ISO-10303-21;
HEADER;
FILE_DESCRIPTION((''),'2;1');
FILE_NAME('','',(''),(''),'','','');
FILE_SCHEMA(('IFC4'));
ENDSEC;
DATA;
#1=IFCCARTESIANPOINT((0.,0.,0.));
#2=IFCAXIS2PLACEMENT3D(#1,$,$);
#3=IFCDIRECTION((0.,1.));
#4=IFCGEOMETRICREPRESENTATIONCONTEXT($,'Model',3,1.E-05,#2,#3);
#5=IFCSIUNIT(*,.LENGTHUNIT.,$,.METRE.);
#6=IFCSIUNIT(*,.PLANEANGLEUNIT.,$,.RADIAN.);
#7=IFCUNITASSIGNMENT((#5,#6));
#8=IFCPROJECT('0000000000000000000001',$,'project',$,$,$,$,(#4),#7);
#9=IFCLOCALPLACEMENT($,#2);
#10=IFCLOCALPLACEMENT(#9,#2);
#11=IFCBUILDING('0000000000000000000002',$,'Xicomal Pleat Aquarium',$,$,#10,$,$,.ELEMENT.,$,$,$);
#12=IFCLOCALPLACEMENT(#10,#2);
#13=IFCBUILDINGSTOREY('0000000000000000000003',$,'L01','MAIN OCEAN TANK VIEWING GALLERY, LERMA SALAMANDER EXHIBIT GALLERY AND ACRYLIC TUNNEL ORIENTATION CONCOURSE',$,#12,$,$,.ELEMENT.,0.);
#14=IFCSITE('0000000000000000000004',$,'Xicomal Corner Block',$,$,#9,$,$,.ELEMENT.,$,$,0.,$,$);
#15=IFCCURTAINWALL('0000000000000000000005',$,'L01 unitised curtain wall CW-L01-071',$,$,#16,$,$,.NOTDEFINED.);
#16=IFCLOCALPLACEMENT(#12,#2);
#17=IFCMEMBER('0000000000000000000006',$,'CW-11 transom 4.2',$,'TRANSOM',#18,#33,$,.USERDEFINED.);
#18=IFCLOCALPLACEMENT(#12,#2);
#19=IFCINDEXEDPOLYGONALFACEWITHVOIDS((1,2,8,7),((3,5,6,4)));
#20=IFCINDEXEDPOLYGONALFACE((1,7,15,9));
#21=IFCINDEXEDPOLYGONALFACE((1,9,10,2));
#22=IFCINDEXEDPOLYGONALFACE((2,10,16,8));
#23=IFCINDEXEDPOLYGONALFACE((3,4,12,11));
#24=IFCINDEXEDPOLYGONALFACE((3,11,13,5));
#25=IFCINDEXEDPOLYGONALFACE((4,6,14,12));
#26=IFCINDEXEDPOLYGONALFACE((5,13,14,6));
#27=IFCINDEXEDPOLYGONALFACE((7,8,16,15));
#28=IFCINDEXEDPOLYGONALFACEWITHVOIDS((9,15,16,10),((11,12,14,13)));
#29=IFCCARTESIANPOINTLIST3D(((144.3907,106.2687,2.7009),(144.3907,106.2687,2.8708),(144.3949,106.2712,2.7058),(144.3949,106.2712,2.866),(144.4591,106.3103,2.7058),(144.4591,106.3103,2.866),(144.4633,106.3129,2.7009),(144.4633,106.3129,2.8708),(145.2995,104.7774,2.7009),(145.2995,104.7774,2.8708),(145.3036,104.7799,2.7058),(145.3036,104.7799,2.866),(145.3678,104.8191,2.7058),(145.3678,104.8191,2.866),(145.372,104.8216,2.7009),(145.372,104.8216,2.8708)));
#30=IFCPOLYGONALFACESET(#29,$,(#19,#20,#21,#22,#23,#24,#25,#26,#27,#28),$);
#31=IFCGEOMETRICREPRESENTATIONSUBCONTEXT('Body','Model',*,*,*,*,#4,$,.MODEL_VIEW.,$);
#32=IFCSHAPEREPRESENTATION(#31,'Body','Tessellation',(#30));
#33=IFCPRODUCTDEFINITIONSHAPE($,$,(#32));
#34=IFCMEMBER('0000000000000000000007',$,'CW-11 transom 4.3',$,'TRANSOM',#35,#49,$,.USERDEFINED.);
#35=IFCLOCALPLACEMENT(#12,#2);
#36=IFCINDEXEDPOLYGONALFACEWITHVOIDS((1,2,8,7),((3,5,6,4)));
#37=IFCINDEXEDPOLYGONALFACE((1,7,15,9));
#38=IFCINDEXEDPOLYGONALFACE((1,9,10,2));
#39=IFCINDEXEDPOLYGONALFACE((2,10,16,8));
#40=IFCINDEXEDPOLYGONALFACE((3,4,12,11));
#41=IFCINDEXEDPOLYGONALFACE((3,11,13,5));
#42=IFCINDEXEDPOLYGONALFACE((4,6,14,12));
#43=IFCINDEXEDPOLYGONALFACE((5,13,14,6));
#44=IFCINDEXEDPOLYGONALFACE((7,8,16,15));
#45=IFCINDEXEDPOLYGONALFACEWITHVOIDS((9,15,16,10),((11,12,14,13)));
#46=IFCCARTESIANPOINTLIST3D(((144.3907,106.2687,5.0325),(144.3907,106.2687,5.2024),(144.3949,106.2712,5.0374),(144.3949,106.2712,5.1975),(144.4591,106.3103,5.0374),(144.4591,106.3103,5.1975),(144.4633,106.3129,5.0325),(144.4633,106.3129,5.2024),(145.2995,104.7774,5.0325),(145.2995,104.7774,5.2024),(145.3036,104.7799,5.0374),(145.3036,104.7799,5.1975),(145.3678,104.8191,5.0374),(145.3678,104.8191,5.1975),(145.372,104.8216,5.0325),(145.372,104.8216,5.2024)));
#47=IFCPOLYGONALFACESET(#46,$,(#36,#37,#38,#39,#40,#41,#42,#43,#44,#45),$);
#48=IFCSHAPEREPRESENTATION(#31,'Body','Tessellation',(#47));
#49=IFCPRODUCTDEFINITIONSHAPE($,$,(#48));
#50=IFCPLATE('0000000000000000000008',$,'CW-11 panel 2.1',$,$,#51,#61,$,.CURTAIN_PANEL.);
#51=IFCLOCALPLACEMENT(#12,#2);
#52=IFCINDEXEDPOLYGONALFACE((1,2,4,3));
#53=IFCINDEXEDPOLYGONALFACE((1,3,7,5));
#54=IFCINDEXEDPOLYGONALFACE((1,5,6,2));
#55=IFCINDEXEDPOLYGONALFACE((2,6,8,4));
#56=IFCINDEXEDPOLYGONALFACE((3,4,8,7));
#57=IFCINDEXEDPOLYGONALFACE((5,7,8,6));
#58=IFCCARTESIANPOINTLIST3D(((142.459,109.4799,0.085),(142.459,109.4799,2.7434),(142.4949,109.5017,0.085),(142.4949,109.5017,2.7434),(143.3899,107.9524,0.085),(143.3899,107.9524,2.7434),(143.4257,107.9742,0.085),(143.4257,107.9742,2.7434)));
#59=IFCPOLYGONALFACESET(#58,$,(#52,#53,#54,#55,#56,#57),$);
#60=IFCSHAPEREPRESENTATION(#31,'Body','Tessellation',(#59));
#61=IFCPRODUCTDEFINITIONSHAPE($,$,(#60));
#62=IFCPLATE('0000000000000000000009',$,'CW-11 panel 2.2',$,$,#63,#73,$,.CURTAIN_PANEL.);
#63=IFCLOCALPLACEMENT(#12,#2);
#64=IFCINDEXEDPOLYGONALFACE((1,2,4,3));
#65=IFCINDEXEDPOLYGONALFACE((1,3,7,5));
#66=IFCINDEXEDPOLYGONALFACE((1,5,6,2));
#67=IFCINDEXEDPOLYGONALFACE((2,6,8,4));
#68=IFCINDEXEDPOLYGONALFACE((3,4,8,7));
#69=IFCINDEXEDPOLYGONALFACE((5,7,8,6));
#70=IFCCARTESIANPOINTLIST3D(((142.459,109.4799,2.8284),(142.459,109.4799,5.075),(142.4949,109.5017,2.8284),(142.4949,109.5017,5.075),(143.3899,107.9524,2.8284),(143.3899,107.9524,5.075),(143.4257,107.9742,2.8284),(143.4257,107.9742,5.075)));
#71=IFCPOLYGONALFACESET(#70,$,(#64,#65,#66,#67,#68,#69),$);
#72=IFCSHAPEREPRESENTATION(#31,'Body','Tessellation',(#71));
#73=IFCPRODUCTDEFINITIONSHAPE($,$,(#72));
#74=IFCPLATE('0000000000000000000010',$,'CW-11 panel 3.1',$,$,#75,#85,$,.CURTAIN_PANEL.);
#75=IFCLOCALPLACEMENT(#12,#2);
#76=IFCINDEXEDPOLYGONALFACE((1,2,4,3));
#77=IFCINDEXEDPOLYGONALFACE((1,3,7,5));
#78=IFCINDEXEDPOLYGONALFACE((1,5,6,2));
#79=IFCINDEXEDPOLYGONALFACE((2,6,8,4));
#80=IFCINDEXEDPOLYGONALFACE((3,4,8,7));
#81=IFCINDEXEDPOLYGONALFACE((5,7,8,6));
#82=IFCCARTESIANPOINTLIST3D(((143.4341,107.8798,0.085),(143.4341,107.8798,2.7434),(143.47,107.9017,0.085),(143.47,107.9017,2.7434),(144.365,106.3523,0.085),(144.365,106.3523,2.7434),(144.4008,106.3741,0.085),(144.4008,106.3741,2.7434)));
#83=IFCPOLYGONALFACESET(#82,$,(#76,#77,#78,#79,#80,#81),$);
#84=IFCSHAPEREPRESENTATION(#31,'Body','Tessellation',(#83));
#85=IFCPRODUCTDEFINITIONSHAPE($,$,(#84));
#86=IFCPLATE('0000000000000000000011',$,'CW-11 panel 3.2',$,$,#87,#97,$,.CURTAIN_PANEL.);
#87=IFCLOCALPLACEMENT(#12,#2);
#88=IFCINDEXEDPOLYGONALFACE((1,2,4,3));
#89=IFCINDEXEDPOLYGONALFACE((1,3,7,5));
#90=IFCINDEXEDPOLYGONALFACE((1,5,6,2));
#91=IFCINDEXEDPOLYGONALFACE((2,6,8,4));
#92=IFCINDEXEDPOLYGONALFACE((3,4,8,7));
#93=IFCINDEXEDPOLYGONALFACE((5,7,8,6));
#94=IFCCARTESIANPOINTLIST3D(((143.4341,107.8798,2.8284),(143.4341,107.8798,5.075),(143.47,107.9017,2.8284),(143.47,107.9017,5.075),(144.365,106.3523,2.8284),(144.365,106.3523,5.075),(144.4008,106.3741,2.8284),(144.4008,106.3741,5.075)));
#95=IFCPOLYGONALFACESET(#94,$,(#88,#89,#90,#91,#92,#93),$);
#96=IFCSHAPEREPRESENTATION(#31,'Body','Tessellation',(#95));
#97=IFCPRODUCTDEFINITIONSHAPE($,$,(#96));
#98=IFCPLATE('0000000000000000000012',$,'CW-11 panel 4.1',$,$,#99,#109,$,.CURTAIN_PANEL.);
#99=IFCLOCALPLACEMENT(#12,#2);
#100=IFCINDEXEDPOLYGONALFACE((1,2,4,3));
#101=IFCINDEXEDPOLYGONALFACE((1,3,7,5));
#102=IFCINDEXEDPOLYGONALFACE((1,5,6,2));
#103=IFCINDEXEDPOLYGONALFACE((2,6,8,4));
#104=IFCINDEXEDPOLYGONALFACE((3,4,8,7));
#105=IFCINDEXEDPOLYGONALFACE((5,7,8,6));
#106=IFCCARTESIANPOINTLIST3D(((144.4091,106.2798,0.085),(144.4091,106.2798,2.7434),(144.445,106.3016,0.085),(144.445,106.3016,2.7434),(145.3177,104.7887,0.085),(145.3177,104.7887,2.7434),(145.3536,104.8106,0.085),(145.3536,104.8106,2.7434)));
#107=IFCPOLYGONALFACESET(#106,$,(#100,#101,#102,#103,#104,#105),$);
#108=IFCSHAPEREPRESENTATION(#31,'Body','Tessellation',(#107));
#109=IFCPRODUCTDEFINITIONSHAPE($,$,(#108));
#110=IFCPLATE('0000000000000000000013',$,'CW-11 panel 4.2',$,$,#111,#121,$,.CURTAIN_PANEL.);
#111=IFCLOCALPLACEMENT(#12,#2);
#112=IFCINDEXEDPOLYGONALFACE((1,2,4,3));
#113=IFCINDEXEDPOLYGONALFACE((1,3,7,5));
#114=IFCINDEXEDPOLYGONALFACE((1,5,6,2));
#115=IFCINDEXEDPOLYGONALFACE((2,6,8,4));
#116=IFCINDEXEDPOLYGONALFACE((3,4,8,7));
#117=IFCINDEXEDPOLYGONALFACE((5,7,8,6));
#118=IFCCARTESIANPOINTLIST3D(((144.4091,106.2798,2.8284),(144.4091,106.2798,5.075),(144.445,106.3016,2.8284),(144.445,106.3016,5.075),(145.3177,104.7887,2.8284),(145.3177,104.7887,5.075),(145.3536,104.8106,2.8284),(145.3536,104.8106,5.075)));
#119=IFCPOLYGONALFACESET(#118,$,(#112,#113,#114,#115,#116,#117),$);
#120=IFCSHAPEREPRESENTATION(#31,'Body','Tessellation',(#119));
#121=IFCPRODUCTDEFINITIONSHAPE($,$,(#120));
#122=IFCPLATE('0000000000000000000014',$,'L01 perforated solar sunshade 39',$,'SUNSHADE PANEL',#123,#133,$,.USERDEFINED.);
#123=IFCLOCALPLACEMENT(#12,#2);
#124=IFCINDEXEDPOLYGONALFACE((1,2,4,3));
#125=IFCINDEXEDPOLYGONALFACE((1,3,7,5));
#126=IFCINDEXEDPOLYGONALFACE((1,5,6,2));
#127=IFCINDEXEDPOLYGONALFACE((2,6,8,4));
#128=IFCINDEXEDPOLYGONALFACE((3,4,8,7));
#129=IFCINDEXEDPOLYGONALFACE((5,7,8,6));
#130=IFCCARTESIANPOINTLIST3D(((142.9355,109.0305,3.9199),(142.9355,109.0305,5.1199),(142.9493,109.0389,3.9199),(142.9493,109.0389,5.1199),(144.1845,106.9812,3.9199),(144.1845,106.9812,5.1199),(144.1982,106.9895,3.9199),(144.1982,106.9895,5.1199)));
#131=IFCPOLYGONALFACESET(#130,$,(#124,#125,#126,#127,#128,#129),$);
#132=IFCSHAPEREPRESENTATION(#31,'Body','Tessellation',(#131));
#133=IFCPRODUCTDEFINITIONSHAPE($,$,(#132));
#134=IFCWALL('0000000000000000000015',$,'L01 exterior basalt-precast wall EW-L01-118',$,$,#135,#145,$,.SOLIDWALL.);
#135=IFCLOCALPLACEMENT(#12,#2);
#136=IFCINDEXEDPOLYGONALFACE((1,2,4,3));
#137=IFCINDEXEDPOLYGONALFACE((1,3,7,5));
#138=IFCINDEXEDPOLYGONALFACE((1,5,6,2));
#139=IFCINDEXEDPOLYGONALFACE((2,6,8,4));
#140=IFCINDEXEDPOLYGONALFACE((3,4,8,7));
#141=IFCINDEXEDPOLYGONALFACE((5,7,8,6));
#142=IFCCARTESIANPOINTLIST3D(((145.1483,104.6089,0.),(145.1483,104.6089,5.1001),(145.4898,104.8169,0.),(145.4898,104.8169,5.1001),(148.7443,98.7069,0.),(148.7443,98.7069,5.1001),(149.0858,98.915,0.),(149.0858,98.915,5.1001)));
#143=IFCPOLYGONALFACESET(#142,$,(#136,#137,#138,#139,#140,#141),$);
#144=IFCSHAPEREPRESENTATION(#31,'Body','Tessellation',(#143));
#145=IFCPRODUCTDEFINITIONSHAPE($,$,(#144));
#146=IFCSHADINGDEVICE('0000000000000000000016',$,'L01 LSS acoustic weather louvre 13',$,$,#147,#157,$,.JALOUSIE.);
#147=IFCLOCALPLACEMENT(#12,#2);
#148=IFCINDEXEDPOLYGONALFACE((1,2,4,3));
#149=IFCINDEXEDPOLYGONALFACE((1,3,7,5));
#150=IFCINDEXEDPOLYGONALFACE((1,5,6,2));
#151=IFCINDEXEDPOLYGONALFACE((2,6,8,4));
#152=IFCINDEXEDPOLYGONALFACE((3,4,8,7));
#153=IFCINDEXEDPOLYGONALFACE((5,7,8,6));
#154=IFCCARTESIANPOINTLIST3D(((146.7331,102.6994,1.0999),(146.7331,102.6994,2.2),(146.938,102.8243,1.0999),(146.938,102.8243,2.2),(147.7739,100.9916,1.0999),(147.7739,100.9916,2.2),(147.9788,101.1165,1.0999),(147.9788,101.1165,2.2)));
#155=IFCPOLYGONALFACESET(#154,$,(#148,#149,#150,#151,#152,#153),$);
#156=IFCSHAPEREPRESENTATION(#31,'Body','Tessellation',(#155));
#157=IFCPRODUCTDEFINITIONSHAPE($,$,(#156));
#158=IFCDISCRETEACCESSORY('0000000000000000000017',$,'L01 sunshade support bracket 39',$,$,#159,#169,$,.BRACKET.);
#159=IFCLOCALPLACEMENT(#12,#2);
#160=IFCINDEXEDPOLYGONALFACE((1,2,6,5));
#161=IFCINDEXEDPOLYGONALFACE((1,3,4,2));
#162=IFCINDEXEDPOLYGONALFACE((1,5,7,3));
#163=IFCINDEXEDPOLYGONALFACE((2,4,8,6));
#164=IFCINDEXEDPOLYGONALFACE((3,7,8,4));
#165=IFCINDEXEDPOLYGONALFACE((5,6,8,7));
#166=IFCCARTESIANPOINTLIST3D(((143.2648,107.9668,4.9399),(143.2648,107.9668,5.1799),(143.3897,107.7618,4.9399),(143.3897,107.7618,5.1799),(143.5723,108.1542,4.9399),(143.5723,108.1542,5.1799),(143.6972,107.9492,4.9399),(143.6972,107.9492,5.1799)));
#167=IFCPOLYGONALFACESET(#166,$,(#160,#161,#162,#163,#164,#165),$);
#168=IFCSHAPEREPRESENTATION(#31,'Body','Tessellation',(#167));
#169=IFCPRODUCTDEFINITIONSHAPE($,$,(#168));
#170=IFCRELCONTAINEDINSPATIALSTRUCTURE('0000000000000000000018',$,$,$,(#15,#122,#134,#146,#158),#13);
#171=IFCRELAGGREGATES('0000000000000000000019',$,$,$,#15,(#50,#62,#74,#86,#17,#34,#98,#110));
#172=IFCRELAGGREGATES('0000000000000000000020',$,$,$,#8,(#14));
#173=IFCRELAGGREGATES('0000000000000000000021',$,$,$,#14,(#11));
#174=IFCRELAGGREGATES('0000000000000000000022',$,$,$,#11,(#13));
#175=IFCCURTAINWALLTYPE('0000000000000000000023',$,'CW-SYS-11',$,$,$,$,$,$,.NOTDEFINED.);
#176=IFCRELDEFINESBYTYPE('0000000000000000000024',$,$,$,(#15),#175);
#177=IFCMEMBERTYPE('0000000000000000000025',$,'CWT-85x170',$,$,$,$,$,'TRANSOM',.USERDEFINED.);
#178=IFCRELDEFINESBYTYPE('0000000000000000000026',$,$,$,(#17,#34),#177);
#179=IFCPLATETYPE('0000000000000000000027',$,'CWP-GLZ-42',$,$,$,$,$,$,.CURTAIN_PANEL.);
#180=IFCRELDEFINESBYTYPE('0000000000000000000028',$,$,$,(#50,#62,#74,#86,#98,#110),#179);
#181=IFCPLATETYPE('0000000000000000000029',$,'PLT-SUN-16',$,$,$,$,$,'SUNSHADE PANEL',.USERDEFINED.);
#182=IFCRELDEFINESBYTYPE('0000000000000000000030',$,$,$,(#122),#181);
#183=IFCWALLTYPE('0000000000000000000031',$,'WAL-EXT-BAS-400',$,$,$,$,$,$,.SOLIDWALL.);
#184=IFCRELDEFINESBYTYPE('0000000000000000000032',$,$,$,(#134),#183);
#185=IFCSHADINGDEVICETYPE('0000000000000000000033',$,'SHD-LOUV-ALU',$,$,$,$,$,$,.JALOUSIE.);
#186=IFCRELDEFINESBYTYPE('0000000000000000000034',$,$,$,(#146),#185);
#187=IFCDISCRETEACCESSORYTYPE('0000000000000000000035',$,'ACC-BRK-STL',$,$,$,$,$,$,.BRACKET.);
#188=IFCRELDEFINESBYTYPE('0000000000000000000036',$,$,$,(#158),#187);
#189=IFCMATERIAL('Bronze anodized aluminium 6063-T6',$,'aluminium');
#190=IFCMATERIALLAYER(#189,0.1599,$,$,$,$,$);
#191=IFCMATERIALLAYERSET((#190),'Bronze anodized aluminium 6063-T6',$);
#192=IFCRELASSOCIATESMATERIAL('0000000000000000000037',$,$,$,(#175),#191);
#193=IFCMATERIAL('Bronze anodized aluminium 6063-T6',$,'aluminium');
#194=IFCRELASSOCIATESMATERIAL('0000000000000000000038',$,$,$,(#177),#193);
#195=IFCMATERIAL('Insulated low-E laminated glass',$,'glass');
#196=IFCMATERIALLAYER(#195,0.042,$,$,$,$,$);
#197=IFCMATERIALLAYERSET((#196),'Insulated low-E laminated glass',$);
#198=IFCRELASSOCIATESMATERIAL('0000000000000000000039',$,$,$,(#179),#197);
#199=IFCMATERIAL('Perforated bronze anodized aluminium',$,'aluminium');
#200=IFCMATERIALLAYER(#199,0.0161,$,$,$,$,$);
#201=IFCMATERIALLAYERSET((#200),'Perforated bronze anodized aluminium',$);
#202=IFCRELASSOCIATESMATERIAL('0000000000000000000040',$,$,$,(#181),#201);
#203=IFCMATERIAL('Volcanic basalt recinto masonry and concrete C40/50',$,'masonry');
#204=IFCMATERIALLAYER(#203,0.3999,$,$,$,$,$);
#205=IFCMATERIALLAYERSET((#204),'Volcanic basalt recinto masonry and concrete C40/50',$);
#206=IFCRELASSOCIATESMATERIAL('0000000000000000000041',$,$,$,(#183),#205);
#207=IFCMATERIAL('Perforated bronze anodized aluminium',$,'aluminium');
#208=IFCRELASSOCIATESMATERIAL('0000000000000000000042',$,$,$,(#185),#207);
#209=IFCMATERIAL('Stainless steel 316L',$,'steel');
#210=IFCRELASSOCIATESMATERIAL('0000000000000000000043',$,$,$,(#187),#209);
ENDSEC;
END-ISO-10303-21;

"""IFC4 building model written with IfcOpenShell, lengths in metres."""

from ifc_helpers import new_model, si_unit, direction, frame, frame_2d, origin, origin_2d, place, context, subcontext, project, spatial, rectangle, hollow_rectangle, extrude, material, layer, layer_set, material_profile, profile_set, type_object, element, aggregate, save


model = new_model("IFC4")

# Units and contexts
model_context = context("Model", 3, precision=1e-05, world=origin(), true_north=direction((0.0, 1.0)))
body_context = subcontext(model_context, "Body", "Model", "MODEL_VIEW")
ifc_project = project(units=[si_unit("LENGTHUNIT", "METRE"), si_unit("PLANEANGLEUNIT", "RADIAN")], contexts=[model_context])

# Site, building, storey
site_placement = place(None, origin())
site = spatial("IfcSite", under=ifc_project, at=site_placement, Name="Xicomal Corner Block", CompositionType="ELEMENT", RefElevation=0.0)
building_placement = place(site_placement, origin())
building = spatial("IfcBuilding", under=site, at=building_placement, Name="Xicomal Pleat Aquarium", CompositionType="ELEMENT")
storey_placement = place(building_placement, origin())
storey = spatial("IfcBuildingStorey", under=building, at=storey_placement, Name="L01", Description="MAIN OCEAN TANK VIEWING GALLERY, LERMA SALAMANDER EXHIBIT GALLERY AND ACRYLIC TUNNEL ORIENTATION CONCOURSE", CompositionType="ELEMENT", Elevation=0.0)

# Curtain wall, members, plates
ifc_material_1 = material(Name="Bronze anodized aluminium 6063-T6", Category="aluminium")
ifc_layer_1 = layer(ifc_material_1, 0.1599)
ifc_layer_set_1 = layer_set([ifc_layer_1], Name="Bronze anodized aluminium 6063-T6")
curtain_wall_type = type_object("IfcCurtainWallType", Name="CW-SYS-11", PredefinedType="NOTDEFINED", material=ifc_layer_set_1)
curtain_wall_placement = place(storey_placement, origin())
curtain_wall = element("IfcCurtainWall", 1, at=curtain_wall_placement, inside=storey, type_object=curtain_wall_type, Name="L01 unitised curtain wall CW-L01-071", PredefinedType="NOTDEFINED")
ifc_material_2 = material(Name="Bronze anodized aluminium 6063-T6", Category="aluminium")
ifc_material_profile_1 = material_profile(ifc_material_2, hollow_rectangle(XDim=0.085, YDim=0.1699, WallThickness=0.0049, at=origin_2d()), Name="ALU TRAN 85x170")
ifc_profile_set_1 = profile_set([ifc_material_profile_1], Name="Bronze anodized aluminium 6063-T6")
member_type_1 = type_object("IfcMemberType", Name="CWT-85x170", ElementType="TRANSOM", PredefinedType="USERDEFINED", material=ifc_profile_set_1)
member_1_placement = place(storey_placement, frame((144.427, 106.2908, 2.7859), z_axis=(0.520364, -0.853945, 0.0), x_axis=(0.853945, 0.520364, 0.0)))
member_1 = element("IfcMember", 2, at=member_1_placement, type_object=member_type_1, Name="CW-11 transom 4.2", ObjectType="TRANSOM", PredefinedType="USERDEFINED", context=body_context, shape_type="SweptSolid", body=[
    extrude(hollow_rectangle(XDim=0.085, YDim=0.1699, WallThickness=0.0049, at=origin_2d()), origin(), (0.0, 0.0, 1.0), 1.7463),
])
member_2_placement = place(storey_placement, frame((144.427, 106.2908, 5.1174), z_axis=(0.520364, -0.853945, 0.0), x_axis=(0.853945, 0.520364, 0.0)))
member_2 = element("IfcMember", 3, at=member_2_placement, type_object=member_type_1, Name="CW-11 transom 4.3", ObjectType="TRANSOM", PredefinedType="USERDEFINED", context=body_context, shape_type="SweptSolid", body=[
    extrude(hollow_rectangle(XDim=0.085, YDim=0.1699, WallThickness=0.0049, at=origin_2d()), origin(), (0.0, 0.0, 1.0), 1.7463),
])
ifc_material_3 = material(Name="Insulated low-E laminated glass", Category="glass")
ifc_layer_2 = layer(ifc_material_3, 0.042)
ifc_layer_set_2 = layer_set([ifc_layer_2], Name="Insulated low-E laminated glass")
plate_type_1 = type_object("IfcPlateType", Name="CWP-GLZ-42", PredefinedType="CURTAIN_PANEL", material=ifc_layer_set_2)
plate_1_placement = place(storey_placement, frame((142.9424, 108.7271, 0.085), z_axis=(0.0, 0.0, 1.0), x_axis=(0.52037, -0.853941, 0.0)))
plate_1 = element("IfcPlate", 4, at=plate_1_placement, type_object=plate_type_1, Name="CW-11 panel 2.1", PredefinedType="CURTAIN_PANEL", context=body_context, shape_type="SweptSolid", body=[
    extrude(rectangle(XDim=1.7888, YDim=0.042, at=origin_2d()), origin(), (0.0, 0.0, 1.0), 2.6584),
])
plate_2_placement = place(storey_placement, frame((142.9424, 108.7271, 2.8284), z_axis=(0.0, 0.0, 1.0), x_axis=(0.52037, -0.853941, 0.0)))
plate_2 = element("IfcPlate", 5, at=plate_2_placement, type_object=plate_type_1, Name="CW-11 panel 2.2", PredefinedType="CURTAIN_PANEL", context=body_context, shape_type="SweptSolid", body=[
    extrude(rectangle(XDim=1.7888, YDim=0.042, at=origin_2d()), origin(), (0.0, 0.0, 1.0), 2.2466),
])
plate_3_placement = place(storey_placement, frame((143.9175, 107.127, 0.085), z_axis=(0.0, 0.0, 1.0), x_axis=(0.52037, -0.853941, 0.0)))
plate_3 = element("IfcPlate", 6, at=plate_3_placement, type_object=plate_type_1, Name="CW-11 panel 3.1", PredefinedType="CURTAIN_PANEL", context=body_context, shape_type="SweptSolid", body=[
    extrude(rectangle(XDim=1.7888, YDim=0.042, at=origin_2d()), origin(), (0.0, 0.0, 1.0), 2.6584),
])
plate_4_placement = place(storey_placement, frame((143.9175, 107.127, 2.8284), z_axis=(0.0, 0.0, 1.0), x_axis=(0.52037, -0.853941, 0.0)))
plate_4 = element("IfcPlate", 7, at=plate_4_placement, type_object=plate_type_1, Name="CW-11 panel 3.2", PredefinedType="CURTAIN_PANEL", context=body_context, shape_type="SweptSolid", body=[
    extrude(rectangle(XDim=1.7888, YDim=0.042, at=origin_2d()), origin(), (0.0, 0.0, 1.0), 2.2466),
])
plate_5_placement = place(storey_placement, frame((144.8813, 105.5452, 0.085), z_axis=(0.0, 0.0, 1.0), x_axis=(0.52037, -0.853941, 0.0)))
plate_5 = element("IfcPlate", 8, at=plate_5_placement, type_object=plate_type_1, Name="CW-11 panel 4.1", PredefinedType="CURTAIN_PANEL", context=body_context, shape_type="SweptSolid", body=[
    extrude(rectangle(XDim=1.7461, YDim=0.042, at=origin_2d()), origin(), (0.0, 0.0, 1.0), 2.6584),
])
plate_6_placement = place(storey_placement, frame((144.8813, 105.5452, 2.8284), z_axis=(0.0, 0.0, 1.0), x_axis=(0.52037, -0.853941, 0.0)))
plate_6 = element("IfcPlate", 9, at=plate_6_placement, type_object=plate_type_1, Name="CW-11 panel 4.2", PredefinedType="CURTAIN_PANEL", context=body_context, shape_type="SweptSolid", body=[
    extrude(rectangle(XDim=1.7461, YDim=0.042, at=origin_2d()), origin(), (0.0, 0.0, 1.0), 2.2466),
])
aggregate(curtain_wall, [plate_1, plate_2, plate_3, plate_4, member_1, member_2, plate_5, plate_6])

# Plate
ifc_material_4 = material(Name="Perforated bronze anodized aluminium", Category="aluminium")
ifc_layer_3 = layer(ifc_material_4, 0.0161)
ifc_layer_set_3 = layer_set([ifc_layer_3], Name="Perforated bronze anodized aluminium")
plate_type_2 = type_object("IfcPlateType", Name="PLT-SUN-16", ElementType="SUNSHADE PANEL", PredefinedType="USERDEFINED", material=ifc_layer_set_3)
plate_7_placement = place(storey_placement, frame((143.5669, 108.01, 3.9199), z_axis=(0.0, 0.0, 1.0), x_axis=(0.520414, -0.853914, 0.0)))
element("IfcPlate", 10, at=plate_7_placement, inside=storey, type_object=plate_type_2, Name="L01 perforated solar sunshade 39", ObjectType="SUNSHADE PANEL", PredefinedType="USERDEFINED", context=body_context, shape_type="SweptSolid", body=[
    extrude(rectangle(XDim=2.3999, YDim=0.0161, at=origin_2d()), origin(), (0.0, 0.0, 1.0), 1.2),
])

# Wall
ifc_material_5 = material(Name="Volcanic basalt recinto masonry and concrete C40/50", Category="masonry")
ifc_layer_4 = layer(ifc_material_5, 0.3999)
ifc_layer_set_4 = layer_set([ifc_layer_4], Name="Volcanic basalt recinto masonry and concrete C40/50")
wall_type = type_object("IfcWallType", Name="WAL-EXT-BAS-400", PredefinedType="SOLIDWALL", material=ifc_layer_set_4)
wall_placement = place(storey_placement, frame((145.3191, 104.7129, 0.0), z_axis=(0.0, 0.0, 1.0), x_axis=(0.520318, -0.853973, 0.0)))
element("IfcWall", 11, at=wall_placement, inside=storey, type_object=wall_type, Name="L01 exterior basalt-precast wall EW-L01-118", PredefinedType="SOLIDWALL", context=body_context, shape_type="SweptSolid", body=[
    extrude(rectangle(XDim=6.9111, YDim=0.3999, at=frame_2d((3.4556, 0.0))), origin(), (0.0, 0.0, 1.0), 5.1001),
])

# Shading device
ifc_material_6 = material(Name="Perforated bronze anodized aluminium", Category="aluminium")
shading_device_type = type_object("IfcShadingDeviceType", Name="SHD-LOUV-ALU", PredefinedType="JALOUSIE", material=ifc_material_6)
shading_device_placement = place(storey_placement, frame((147.356, 101.908, 1.0999), z_axis=(0.0, 0.0, 1.0), x_axis=(0.520414, -0.853914, 0.0)))
element("IfcShadingDevice", 12, at=shading_device_placement, inside=storey, type_object=shading_device_type, Name="L01 LSS acoustic weather louvre 13", PredefinedType="JALOUSIE", context=body_context, shape_type="SweptSolid", body=[
    extrude(rectangle(XDim=2.0, YDim=0.24, at=origin_2d()), origin(), (0.0, 0.0, 1.0), 1.1001),
])

# Discrete accessory
ifc_material_7 = material(Name="Stainless steel 316L", Category="steel")
discrete_accessory_type = type_object("IfcDiscreteAccessoryType", Name="ACC-BRK-STL", PredefinedType="BRACKET", material=ifc_material_7)
discrete_accessory_placement = place(storey_placement, frame((143.481, 107.958, 4.9399), z_axis=(0.0, 0.0, 1.0), x_axis=(0.520414, -0.853914, 0.0)))
element("IfcDiscreteAccessory", 13, at=discrete_accessory_placement, inside=storey, type_object=discrete_accessory_type, Name="L01 sunshade support bracket 39", PredefinedType="BRACKET", context=body_context, shape_type="SweptSolid", body=[
    extrude(rectangle(XDim=0.24, YDim=0.3601, at=origin_2d()), origin(), (0.0, 0.0, 1.0), 0.24),
])

save(model, "model.ifc")
